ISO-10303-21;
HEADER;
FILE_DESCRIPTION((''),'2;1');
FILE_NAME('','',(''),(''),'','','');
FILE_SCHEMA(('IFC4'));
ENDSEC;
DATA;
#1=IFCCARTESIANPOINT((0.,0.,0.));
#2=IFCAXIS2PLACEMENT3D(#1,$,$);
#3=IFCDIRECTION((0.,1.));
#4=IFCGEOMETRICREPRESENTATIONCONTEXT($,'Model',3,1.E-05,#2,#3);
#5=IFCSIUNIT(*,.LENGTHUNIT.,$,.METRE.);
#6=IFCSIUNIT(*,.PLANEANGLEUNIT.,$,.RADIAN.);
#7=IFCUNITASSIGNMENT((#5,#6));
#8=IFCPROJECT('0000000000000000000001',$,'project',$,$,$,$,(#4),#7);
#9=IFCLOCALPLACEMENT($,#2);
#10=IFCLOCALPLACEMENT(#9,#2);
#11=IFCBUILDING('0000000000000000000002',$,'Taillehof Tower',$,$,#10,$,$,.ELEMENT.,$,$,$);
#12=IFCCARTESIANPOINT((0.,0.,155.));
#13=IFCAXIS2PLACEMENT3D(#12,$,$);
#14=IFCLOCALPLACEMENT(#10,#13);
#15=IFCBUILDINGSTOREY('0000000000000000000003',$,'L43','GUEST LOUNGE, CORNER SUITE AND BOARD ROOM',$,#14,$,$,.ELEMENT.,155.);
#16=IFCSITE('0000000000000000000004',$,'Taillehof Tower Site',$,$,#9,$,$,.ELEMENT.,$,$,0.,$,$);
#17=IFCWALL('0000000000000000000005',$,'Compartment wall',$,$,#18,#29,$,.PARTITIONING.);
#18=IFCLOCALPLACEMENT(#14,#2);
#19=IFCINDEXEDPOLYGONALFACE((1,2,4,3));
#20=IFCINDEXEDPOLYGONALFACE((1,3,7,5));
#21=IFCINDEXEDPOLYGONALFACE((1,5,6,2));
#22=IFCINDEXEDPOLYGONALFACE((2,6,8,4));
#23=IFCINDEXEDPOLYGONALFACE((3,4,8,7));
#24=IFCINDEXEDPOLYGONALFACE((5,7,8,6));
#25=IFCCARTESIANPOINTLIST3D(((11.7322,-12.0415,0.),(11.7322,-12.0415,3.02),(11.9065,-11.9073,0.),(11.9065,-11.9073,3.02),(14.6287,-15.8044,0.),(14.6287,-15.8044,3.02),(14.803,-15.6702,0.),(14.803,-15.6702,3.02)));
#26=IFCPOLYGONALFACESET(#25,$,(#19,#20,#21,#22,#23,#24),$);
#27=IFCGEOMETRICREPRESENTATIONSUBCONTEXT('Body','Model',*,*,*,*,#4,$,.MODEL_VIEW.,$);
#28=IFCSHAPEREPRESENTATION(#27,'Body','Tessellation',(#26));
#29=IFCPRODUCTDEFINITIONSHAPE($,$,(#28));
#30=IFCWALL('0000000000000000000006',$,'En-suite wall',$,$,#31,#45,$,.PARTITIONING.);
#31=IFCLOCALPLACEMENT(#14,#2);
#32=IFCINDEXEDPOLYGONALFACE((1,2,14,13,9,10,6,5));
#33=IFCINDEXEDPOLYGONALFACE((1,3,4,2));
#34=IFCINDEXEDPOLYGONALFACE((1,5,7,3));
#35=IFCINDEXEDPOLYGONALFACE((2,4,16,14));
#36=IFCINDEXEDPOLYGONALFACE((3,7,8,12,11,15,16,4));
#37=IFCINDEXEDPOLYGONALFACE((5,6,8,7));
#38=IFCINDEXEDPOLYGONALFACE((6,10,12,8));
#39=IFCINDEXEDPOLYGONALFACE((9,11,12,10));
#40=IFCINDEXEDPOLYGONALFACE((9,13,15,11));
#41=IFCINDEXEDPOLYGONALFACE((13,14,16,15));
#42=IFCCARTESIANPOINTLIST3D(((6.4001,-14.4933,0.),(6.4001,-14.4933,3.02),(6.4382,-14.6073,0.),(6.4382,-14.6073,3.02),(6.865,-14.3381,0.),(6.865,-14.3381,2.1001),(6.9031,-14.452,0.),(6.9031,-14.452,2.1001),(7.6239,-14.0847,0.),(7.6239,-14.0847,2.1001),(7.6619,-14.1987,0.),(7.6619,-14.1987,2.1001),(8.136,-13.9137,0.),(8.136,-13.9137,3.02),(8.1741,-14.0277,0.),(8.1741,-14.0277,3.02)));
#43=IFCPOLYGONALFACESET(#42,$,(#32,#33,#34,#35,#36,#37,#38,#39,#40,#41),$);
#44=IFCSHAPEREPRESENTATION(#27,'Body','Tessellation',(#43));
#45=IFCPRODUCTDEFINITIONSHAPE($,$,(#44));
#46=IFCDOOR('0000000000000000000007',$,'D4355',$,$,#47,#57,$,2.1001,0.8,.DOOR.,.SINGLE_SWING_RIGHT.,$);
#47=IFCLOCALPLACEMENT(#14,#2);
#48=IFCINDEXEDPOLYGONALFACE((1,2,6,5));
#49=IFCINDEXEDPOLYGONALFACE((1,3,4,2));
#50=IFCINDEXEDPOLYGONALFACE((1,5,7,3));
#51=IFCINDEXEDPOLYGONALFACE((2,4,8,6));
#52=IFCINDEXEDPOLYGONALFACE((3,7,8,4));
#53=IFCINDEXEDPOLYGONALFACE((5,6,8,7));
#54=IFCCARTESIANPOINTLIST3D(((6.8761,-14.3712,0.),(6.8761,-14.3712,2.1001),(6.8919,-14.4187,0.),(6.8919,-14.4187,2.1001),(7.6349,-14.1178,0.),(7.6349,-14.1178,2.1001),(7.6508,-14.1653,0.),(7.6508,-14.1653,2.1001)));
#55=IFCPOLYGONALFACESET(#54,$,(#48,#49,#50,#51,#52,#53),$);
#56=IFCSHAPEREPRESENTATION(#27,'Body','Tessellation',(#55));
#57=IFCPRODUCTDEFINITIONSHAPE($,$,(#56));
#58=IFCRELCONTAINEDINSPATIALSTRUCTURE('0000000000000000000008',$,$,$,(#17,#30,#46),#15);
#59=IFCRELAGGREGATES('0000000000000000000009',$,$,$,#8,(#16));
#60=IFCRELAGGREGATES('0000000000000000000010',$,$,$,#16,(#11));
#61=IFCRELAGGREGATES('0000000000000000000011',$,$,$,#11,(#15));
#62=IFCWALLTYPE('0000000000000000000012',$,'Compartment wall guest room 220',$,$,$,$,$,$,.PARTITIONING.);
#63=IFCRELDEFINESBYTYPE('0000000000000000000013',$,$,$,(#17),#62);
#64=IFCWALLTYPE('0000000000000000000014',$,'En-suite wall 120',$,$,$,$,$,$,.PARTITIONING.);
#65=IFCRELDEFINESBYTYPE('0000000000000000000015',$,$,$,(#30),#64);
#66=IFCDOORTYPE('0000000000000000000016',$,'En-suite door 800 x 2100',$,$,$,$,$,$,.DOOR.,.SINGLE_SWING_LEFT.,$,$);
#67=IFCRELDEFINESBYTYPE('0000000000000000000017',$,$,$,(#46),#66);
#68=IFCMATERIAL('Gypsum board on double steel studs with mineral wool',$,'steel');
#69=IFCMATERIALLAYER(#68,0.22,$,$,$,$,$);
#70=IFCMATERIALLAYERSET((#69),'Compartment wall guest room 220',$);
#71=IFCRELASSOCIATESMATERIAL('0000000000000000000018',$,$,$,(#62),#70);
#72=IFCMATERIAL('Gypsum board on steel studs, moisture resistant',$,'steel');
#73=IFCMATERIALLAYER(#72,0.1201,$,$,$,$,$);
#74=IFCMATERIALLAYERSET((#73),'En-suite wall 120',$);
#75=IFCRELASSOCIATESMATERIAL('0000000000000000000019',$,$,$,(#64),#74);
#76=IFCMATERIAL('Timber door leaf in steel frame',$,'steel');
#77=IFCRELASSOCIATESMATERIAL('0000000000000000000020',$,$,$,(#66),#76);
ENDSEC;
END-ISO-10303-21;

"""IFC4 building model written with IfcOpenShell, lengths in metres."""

from ifc_helpers import new_model, si_unit, direction, frame, frame_2d, origin, place, context, subcontext, project, spatial, rectangle, extrude, material, layer, layer_set, type_object, element, fill, save


model = new_model("IFC4")

# Units and contexts
model_context = context("Model", 3, precision=1e-05, world=origin(), true_north=direction((0.0, 1.0)))
body_context = subcontext(model_context, "Body", "Model", "MODEL_VIEW")
ifc_project = project(units=[si_unit("LENGTHUNIT", "METRE"), si_unit("PLANEANGLEUNIT", "RADIAN")], contexts=[model_context])

# Site, building, storey
site_placement = place(None, origin())
site = spatial("IfcSite", under=ifc_project, at=site_placement, Name="Taillehof Tower Site", CompositionType="ELEMENT", RefElevation=0.0)
building_placement = place(site_placement, origin())
building = spatial("IfcBuilding", under=site, at=building_placement, Name="Taillehof Tower", CompositionType="ELEMENT")
storey_placement = place(building_placement, frame((0.0, 0.0, 155.0)))
storey = spatial("IfcBuildingStorey", under=building, at=storey_placement, Name="L43", Description="GUEST LOUNGE, CORNER SUITE AND BOARD ROOM", CompositionType="ELEMENT", Elevation=155.0)

# Wall
ifc_material_1 = material(Name="Gypsum board on double steel studs with mineral wool", Category="steel")
ifc_layer_1 = layer(ifc_material_1, 0.22)
ifc_layer_set_1 = layer_set([ifc_layer_1], Name="Compartment wall guest room 220")
wall_type_1 = type_object("IfcWallType", Name="Compartment wall guest room 220", PredefinedType="PARTITIONING", material=ifc_layer_set_1)
wall_1_placement = place(storey_placement, frame((14.7158, -15.7373, 0.0), z_axis=(0.0, 0.0, 1.0), x_axis=(-0.609964, 0.792429, 0.0)))
element("IfcWall", 1, at=wall_1_placement, inside=storey, type_object=wall_type_1, Name="Compartment wall", PredefinedType="PARTITIONING", context=body_context, shape_type="SweptSolid", body=[
    extrude(rectangle(XDim=4.7485, YDim=0.22, at=frame_2d((2.3743, 0.0))), origin(), (0.0, 0.0, 1.0), 3.02),
])

# Wall, opening, door
ifc_material_2 = material(Name="Gypsum board on steel studs, moisture resistant", Category="steel")
ifc_layer_2 = layer(ifc_material_2, 0.1201)
ifc_layer_set_2 = layer_set([ifc_layer_2], Name="En-suite wall 120")
wall_type_2 = type_object("IfcWallType", Name="En-suite wall 120", PredefinedType="PARTITIONING", material=ifc_layer_set_2)
wall_2_placement = place(storey_placement, frame((8.155, -13.9707, 0.0), z_axis=(0.0, 0.0, 1.0), x_axis=(-0.948523, -0.316708, 0.0)))
wall_2 = element("IfcWall", 2, at=wall_2_placement, inside=storey, type_object=wall_type_2, Name="En-suite wall", PredefinedType="PARTITIONING", context=body_context, shape_type="SweptSolid", body=[
    extrude(rectangle(XDim=1.8301, YDim=0.1201, at=frame_2d((0.915, 0.0))), origin(), (0.0, 0.0, 1.0), 3.02),
])
opening_1_placement = place(wall_2_placement, frame((0.54, 0.0, 0.0)))
opening_1 = element("IfcOpeningElement", 3, at=opening_1_placement, cuts=wall_2, PredefinedType="OPENING", context=body_context, shape_type="SweptSolid", body=[
    extrude(rectangle(XDim=0.8, YDim=2.1001, at=frame_2d((0.3999, 1.05))), frame((0.0, 0.0701, 0.0), z_axis=(0.0, -1.0, 0.0), x_axis=(1.0, 0.0, 0.0)), (0.0, 0.0, 1.0), 0.1401),
])
ifc_material_3 = material(Name="Timber door leaf in steel frame", Category="steel")
door_type_1 = type_object("IfcDoorType", Name="En-suite door 800 x 2100", OperationType="SINGLE_SWING_LEFT", PredefinedType="DOOR", material=ifc_material_3)
door_1_placement = place(opening_1_placement, origin())
door_1 = element("IfcDoor", 4, at=door_1_placement, inside=storey, type_object=door_type_1, Name="D4355", OperationType="SINGLE_SWING_RIGHT", OverallHeight=2.1001, OverallWidth=0.8, PredefinedType="DOOR", context=body_context, shape_type="SweptSolid", body=[
    extrude(rectangle(XDim=0.8, YDim=2.1001, at=frame_2d((0.3999, 1.05))), frame((0.0, 0.0249, 0.0), z_axis=(0.0, -1.0, 0.0), x_axis=(1.0, 0.0, 0.0)), (0.0, 0.0, 1.0), 0.05),
])
fill(opening_1, door_1)

save(model, "model.ifc")
